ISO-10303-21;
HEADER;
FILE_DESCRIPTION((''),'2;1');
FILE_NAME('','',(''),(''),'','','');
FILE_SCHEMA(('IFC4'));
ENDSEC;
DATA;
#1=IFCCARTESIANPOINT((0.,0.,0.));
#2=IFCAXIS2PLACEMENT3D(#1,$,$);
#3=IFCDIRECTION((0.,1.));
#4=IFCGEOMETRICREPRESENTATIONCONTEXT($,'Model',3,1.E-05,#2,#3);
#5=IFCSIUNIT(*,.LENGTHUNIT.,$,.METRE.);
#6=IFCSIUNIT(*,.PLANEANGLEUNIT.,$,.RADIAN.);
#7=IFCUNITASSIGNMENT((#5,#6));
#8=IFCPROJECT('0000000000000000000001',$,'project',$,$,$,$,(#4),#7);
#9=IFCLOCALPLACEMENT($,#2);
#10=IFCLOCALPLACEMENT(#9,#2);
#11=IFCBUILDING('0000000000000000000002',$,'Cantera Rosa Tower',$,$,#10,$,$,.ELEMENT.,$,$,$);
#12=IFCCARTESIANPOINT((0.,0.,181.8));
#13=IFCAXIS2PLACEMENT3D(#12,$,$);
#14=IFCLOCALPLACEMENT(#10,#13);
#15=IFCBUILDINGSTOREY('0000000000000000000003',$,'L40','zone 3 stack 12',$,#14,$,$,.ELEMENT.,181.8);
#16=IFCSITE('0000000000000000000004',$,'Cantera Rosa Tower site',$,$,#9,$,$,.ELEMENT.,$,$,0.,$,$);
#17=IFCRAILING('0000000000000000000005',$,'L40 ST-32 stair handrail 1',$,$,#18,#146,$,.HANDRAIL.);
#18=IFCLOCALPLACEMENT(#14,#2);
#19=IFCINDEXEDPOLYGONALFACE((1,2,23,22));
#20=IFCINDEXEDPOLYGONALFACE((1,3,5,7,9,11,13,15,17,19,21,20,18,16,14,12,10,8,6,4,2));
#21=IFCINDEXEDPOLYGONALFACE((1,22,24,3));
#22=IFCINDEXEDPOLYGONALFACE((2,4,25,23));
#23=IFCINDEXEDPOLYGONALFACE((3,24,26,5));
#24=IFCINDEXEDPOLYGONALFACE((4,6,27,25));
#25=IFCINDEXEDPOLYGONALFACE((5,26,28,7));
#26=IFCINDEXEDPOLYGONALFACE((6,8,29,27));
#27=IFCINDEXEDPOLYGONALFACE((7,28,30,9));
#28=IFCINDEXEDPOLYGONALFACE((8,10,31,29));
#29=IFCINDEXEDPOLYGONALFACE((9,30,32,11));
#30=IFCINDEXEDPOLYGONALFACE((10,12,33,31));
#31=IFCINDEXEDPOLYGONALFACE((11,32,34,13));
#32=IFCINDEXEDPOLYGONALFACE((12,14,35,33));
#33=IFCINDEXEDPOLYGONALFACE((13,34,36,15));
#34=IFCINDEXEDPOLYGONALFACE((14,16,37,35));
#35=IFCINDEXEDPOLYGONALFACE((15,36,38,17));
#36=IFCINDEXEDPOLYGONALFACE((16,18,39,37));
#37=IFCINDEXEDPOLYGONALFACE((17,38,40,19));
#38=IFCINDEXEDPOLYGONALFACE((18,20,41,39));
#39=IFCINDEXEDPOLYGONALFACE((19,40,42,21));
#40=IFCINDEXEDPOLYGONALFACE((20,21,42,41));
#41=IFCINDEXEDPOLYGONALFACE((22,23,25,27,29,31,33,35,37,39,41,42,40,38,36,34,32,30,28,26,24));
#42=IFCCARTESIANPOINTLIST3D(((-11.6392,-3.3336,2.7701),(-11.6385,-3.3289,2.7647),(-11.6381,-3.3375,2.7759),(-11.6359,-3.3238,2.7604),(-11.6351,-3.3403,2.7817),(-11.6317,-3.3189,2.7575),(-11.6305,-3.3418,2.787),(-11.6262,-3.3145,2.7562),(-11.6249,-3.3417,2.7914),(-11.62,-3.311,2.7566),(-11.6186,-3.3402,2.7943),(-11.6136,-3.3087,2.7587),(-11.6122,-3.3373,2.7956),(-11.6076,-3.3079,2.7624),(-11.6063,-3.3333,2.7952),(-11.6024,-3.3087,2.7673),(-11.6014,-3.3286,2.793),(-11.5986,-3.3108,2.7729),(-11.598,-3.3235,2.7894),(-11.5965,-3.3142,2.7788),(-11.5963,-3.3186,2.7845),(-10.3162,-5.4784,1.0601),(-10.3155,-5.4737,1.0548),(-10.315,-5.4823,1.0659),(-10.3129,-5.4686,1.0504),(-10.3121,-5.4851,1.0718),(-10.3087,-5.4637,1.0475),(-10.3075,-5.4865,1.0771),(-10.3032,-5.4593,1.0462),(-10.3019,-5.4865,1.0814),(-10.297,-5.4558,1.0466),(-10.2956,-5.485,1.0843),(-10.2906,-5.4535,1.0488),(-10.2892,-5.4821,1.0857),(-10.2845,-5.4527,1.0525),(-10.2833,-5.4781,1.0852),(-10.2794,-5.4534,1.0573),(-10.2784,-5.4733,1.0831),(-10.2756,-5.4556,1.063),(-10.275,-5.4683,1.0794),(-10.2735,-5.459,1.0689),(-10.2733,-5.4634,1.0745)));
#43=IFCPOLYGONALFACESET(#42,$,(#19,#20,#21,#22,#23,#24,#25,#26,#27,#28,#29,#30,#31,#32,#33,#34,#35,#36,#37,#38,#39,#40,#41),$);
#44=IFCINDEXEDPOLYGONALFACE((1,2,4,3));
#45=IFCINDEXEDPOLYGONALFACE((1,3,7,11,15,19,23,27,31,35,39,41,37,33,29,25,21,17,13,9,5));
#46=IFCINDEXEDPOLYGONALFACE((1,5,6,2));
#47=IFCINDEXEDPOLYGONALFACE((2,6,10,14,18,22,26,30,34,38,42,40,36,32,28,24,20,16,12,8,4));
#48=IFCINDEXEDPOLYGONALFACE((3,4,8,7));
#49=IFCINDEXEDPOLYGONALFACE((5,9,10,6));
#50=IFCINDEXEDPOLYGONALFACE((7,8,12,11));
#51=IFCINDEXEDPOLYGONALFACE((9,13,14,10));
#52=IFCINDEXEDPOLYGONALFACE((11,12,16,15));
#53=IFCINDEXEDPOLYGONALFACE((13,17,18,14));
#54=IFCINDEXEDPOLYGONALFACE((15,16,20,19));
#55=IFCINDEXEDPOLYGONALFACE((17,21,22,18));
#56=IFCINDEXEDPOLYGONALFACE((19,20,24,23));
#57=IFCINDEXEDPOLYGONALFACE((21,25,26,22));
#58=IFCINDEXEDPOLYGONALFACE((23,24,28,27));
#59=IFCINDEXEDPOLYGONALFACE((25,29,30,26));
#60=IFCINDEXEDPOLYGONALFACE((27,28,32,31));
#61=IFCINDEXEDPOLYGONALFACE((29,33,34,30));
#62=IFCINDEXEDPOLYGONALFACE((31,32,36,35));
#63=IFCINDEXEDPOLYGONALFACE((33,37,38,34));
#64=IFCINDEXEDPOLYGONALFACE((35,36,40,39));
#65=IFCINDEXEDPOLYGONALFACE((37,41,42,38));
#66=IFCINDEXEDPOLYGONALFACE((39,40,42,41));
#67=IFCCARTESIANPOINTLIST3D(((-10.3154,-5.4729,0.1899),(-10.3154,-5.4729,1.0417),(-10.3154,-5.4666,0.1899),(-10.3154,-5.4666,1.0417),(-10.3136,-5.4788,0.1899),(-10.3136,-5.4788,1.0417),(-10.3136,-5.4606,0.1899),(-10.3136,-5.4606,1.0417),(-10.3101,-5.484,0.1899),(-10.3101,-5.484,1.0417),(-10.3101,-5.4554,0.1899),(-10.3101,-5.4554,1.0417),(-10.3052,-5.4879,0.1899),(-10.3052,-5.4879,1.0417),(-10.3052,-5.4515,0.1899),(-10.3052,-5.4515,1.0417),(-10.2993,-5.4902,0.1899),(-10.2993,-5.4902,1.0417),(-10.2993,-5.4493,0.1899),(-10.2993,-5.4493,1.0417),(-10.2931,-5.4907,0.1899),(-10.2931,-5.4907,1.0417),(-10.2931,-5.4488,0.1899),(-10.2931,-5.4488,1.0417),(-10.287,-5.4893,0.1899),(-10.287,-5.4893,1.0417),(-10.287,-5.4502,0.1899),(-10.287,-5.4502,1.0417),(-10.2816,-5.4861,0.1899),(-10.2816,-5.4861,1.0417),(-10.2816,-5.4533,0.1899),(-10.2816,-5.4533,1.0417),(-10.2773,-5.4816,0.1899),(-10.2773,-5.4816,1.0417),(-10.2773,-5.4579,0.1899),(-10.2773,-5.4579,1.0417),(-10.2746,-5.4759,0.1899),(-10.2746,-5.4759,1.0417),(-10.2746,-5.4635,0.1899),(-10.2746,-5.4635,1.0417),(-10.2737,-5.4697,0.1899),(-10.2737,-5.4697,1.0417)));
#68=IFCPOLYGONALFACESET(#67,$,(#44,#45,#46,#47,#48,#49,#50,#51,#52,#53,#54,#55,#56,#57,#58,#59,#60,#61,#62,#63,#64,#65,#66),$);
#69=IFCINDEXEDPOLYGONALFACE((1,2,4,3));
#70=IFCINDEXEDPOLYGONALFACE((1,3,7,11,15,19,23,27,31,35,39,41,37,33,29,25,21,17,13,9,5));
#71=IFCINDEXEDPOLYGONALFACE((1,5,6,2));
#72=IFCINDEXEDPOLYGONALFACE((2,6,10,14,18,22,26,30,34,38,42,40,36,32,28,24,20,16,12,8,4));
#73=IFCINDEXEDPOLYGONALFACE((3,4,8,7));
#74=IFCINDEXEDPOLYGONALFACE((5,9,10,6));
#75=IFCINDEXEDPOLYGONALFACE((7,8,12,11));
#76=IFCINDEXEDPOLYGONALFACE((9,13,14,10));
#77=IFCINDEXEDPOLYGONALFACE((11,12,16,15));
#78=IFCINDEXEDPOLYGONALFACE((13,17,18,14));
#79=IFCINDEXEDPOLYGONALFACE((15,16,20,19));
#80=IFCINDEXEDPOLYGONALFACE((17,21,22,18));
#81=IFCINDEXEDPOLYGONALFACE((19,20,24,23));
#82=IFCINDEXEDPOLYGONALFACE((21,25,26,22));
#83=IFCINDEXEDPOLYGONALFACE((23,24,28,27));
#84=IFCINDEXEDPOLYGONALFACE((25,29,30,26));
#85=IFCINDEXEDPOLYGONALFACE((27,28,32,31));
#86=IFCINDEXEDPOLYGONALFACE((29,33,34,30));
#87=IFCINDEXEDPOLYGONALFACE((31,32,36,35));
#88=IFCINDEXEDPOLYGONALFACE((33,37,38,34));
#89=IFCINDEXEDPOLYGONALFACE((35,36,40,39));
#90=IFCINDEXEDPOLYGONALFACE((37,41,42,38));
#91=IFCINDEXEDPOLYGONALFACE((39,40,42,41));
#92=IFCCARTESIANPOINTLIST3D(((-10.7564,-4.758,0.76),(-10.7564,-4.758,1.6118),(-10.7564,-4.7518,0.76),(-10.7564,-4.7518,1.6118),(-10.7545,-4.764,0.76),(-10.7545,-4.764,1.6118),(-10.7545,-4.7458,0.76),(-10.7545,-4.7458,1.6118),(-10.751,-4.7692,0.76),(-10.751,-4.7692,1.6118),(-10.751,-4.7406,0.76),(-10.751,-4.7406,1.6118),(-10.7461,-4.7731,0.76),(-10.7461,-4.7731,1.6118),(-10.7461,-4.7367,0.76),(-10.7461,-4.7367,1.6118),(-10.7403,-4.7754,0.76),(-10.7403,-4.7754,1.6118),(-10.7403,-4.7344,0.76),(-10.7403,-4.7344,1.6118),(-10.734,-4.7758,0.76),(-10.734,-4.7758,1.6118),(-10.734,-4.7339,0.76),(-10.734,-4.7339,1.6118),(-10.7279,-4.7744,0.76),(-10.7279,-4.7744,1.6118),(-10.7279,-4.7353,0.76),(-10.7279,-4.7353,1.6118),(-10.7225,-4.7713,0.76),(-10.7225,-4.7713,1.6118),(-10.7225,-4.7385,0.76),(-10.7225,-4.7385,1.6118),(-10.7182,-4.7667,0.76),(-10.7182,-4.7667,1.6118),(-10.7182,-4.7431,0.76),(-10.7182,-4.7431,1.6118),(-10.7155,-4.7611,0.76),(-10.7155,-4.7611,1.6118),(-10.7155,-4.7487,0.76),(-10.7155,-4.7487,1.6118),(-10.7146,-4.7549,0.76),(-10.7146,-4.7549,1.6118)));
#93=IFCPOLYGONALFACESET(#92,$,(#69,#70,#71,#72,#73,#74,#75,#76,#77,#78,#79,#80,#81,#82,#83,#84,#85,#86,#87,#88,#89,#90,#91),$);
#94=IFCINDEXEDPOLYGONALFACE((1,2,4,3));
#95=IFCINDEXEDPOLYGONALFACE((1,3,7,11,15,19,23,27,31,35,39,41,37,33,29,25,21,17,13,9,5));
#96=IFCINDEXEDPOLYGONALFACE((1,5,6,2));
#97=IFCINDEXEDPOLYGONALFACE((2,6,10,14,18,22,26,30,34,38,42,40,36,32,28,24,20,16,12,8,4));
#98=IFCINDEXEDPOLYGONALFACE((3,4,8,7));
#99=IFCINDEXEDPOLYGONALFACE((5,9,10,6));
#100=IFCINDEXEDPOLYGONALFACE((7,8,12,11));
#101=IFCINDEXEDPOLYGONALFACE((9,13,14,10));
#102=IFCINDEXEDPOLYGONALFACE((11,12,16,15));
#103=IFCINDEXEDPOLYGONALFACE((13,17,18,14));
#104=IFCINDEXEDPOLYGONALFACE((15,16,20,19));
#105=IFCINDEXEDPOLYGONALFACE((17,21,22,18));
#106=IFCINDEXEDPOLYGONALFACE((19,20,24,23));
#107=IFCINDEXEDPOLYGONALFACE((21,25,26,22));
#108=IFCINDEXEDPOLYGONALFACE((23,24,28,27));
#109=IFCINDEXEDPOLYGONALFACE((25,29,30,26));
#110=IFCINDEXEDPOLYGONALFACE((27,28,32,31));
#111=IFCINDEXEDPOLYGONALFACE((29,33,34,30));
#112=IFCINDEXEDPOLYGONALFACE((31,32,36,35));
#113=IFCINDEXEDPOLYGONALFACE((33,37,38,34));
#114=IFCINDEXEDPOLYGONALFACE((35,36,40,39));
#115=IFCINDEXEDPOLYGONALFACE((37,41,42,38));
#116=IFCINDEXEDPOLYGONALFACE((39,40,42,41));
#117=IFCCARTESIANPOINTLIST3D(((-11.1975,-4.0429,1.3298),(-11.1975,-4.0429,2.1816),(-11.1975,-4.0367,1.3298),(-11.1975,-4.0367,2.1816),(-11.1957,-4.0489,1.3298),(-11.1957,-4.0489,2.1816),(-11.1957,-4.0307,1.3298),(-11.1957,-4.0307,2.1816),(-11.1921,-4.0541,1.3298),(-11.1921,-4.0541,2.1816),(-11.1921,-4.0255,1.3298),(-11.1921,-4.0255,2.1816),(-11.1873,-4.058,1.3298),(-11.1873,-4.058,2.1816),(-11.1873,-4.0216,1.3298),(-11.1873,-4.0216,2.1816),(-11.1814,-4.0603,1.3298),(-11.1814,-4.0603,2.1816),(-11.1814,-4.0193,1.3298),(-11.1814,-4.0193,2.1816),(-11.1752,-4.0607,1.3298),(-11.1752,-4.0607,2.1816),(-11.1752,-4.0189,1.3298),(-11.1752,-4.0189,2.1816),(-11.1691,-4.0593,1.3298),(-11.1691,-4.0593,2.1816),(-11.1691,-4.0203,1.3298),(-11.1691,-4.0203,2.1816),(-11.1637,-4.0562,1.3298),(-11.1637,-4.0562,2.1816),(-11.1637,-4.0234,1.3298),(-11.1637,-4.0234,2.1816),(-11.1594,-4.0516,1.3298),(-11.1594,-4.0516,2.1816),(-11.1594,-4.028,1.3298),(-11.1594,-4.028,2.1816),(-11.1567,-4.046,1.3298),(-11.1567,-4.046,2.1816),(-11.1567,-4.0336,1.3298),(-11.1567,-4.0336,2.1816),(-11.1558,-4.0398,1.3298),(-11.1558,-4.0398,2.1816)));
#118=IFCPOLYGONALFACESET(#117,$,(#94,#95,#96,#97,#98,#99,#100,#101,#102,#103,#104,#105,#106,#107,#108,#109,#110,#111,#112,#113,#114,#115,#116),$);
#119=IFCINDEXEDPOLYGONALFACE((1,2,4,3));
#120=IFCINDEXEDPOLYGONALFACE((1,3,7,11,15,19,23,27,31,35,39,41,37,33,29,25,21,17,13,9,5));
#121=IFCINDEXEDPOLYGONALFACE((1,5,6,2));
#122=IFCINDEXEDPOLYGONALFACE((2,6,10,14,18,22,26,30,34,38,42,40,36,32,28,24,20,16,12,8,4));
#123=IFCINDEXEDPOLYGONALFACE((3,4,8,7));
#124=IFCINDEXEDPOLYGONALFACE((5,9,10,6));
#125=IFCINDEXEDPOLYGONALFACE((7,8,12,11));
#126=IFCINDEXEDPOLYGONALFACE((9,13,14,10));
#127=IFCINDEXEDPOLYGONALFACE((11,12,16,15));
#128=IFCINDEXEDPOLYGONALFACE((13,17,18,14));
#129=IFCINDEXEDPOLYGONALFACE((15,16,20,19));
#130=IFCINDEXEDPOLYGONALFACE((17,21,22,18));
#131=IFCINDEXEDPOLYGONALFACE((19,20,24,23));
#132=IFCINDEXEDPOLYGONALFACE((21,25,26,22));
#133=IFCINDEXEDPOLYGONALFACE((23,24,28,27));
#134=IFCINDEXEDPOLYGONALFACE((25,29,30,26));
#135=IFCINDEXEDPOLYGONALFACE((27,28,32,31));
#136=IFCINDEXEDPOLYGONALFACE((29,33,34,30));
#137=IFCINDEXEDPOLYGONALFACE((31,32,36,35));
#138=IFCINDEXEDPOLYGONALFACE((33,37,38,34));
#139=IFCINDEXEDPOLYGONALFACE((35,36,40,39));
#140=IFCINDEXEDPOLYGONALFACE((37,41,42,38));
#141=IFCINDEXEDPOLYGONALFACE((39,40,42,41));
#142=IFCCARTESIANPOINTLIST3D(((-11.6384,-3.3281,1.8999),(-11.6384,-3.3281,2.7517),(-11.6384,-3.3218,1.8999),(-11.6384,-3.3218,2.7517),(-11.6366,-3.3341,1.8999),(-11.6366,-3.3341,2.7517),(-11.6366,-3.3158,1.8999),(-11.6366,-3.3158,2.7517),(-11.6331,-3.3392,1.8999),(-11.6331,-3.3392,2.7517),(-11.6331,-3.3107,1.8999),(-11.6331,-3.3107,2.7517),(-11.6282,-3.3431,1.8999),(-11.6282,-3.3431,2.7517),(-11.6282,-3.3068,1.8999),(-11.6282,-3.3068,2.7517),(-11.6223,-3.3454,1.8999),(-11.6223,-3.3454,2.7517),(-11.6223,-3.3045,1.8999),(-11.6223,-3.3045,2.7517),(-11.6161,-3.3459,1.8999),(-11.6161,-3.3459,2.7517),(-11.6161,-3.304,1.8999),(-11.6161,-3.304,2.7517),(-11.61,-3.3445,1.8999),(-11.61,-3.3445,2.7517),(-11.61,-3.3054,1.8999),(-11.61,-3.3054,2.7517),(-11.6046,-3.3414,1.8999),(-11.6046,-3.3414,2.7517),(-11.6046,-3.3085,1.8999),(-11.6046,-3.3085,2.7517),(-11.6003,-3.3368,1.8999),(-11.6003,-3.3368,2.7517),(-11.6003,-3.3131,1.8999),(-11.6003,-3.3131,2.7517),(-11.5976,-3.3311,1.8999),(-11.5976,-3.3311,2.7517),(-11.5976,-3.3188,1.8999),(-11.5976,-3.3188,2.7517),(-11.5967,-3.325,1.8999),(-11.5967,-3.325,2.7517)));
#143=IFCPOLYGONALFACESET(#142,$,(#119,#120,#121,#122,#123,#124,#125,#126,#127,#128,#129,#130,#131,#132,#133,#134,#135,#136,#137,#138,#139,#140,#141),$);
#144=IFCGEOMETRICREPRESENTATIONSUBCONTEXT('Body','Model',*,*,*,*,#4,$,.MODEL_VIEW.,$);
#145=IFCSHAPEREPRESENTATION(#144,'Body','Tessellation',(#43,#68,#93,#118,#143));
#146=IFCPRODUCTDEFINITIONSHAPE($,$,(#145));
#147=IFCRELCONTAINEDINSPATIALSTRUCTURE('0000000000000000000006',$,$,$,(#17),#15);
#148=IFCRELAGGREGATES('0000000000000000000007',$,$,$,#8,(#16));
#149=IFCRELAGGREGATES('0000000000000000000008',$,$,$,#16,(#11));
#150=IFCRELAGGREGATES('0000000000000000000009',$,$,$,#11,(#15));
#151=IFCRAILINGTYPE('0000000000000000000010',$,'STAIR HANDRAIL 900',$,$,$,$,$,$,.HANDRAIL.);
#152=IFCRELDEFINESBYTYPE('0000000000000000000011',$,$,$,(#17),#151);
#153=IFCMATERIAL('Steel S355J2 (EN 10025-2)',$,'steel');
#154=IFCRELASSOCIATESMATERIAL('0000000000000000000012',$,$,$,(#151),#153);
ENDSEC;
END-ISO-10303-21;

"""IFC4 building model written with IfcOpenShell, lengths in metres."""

from ifc_helpers import new_model, si_unit, direction, frame, origin, origin_2d, place, context, subcontext, project, spatial, circle, extrude, material, type_object, element, save


model = new_model("IFC4")

# Units and contexts
model_context = context("Model", 3, precision=1e-05, world=origin(), true_north=direction((0.0, 1.0)))
body_context = subcontext(model_context, "Body", "Model", "MODEL_VIEW")
ifc_project = project(units=[si_unit("LENGTHUNIT", "METRE"), si_unit("PLANEANGLEUNIT", "RADIAN")], contexts=[model_context])

# Site, building, storey
site_placement = place(None, origin())
site = spatial("IfcSite", under=ifc_project, at=site_placement, Name="Cantera Rosa Tower site", CompositionType="ELEMENT", RefElevation=0.0)
building_placement = place(site_placement, origin())
building = spatial("IfcBuilding", under=site, at=building_placement, Name="Cantera Rosa Tower", CompositionType="ELEMENT")
storey_placement = place(building_placement, frame((0.0, 0.0, 181.8)))
storey = spatial("IfcBuildingStorey", under=building, at=storey_placement, Name="L40", Description="zone 3 stack 12", CompositionType="ELEMENT", Elevation=181.8)

# Railing
ifc_material_1 = material(Name="Steel S355J2 (EN 10025-2)", Category="steel")
railing_type_1 = type_object("IfcRailingType", Name="STAIR HANDRAIL 900", PredefinedType="HANDRAIL", material=ifc_material_1)
railing_1_placement = place(storey_placement, frame((-10.2947, -5.4697, 0.1899)))
element("IfcRailing", 1, at=railing_1_placement, inside=storey, type_object=railing_type_1, Name="L40 ST-32 stair handrail 1", PredefinedType="HANDRAIL", context=body_context, shape_type="SweptSolid", body=[
    extrude(circle(Radius=0.0239, at=origin_2d()), frame((0.0, 0.0, 0.876), z_axis=(-0.434428, 0.704271, 0.561493), x_axis=(-0.851102, -0.525, 0.0)), (0.0, 0.0, 1.0), 3.0454),
    extrude(circle(Radius=0.021, at=origin_2d()), origin(), (0.0, 0.0, 1.0), 0.8518),
    extrude(circle(Radius=0.021, at=origin_2d()), frame((-0.4409, 0.7148, 0.5701)), (0.0, 0.0, 1.0), 0.8518),
    extrude(circle(Radius=0.021, at=origin_2d()), frame((-0.8821, 1.4299, 1.1399)), (0.0, 0.0, 1.0), 0.8518),
    extrude(circle(Radius=0.021, at=origin_2d()), frame((-1.323, 2.1448, 1.71)), (0.0, 0.0, 1.0), 0.8518),
])

save(model, "model.ifc")
